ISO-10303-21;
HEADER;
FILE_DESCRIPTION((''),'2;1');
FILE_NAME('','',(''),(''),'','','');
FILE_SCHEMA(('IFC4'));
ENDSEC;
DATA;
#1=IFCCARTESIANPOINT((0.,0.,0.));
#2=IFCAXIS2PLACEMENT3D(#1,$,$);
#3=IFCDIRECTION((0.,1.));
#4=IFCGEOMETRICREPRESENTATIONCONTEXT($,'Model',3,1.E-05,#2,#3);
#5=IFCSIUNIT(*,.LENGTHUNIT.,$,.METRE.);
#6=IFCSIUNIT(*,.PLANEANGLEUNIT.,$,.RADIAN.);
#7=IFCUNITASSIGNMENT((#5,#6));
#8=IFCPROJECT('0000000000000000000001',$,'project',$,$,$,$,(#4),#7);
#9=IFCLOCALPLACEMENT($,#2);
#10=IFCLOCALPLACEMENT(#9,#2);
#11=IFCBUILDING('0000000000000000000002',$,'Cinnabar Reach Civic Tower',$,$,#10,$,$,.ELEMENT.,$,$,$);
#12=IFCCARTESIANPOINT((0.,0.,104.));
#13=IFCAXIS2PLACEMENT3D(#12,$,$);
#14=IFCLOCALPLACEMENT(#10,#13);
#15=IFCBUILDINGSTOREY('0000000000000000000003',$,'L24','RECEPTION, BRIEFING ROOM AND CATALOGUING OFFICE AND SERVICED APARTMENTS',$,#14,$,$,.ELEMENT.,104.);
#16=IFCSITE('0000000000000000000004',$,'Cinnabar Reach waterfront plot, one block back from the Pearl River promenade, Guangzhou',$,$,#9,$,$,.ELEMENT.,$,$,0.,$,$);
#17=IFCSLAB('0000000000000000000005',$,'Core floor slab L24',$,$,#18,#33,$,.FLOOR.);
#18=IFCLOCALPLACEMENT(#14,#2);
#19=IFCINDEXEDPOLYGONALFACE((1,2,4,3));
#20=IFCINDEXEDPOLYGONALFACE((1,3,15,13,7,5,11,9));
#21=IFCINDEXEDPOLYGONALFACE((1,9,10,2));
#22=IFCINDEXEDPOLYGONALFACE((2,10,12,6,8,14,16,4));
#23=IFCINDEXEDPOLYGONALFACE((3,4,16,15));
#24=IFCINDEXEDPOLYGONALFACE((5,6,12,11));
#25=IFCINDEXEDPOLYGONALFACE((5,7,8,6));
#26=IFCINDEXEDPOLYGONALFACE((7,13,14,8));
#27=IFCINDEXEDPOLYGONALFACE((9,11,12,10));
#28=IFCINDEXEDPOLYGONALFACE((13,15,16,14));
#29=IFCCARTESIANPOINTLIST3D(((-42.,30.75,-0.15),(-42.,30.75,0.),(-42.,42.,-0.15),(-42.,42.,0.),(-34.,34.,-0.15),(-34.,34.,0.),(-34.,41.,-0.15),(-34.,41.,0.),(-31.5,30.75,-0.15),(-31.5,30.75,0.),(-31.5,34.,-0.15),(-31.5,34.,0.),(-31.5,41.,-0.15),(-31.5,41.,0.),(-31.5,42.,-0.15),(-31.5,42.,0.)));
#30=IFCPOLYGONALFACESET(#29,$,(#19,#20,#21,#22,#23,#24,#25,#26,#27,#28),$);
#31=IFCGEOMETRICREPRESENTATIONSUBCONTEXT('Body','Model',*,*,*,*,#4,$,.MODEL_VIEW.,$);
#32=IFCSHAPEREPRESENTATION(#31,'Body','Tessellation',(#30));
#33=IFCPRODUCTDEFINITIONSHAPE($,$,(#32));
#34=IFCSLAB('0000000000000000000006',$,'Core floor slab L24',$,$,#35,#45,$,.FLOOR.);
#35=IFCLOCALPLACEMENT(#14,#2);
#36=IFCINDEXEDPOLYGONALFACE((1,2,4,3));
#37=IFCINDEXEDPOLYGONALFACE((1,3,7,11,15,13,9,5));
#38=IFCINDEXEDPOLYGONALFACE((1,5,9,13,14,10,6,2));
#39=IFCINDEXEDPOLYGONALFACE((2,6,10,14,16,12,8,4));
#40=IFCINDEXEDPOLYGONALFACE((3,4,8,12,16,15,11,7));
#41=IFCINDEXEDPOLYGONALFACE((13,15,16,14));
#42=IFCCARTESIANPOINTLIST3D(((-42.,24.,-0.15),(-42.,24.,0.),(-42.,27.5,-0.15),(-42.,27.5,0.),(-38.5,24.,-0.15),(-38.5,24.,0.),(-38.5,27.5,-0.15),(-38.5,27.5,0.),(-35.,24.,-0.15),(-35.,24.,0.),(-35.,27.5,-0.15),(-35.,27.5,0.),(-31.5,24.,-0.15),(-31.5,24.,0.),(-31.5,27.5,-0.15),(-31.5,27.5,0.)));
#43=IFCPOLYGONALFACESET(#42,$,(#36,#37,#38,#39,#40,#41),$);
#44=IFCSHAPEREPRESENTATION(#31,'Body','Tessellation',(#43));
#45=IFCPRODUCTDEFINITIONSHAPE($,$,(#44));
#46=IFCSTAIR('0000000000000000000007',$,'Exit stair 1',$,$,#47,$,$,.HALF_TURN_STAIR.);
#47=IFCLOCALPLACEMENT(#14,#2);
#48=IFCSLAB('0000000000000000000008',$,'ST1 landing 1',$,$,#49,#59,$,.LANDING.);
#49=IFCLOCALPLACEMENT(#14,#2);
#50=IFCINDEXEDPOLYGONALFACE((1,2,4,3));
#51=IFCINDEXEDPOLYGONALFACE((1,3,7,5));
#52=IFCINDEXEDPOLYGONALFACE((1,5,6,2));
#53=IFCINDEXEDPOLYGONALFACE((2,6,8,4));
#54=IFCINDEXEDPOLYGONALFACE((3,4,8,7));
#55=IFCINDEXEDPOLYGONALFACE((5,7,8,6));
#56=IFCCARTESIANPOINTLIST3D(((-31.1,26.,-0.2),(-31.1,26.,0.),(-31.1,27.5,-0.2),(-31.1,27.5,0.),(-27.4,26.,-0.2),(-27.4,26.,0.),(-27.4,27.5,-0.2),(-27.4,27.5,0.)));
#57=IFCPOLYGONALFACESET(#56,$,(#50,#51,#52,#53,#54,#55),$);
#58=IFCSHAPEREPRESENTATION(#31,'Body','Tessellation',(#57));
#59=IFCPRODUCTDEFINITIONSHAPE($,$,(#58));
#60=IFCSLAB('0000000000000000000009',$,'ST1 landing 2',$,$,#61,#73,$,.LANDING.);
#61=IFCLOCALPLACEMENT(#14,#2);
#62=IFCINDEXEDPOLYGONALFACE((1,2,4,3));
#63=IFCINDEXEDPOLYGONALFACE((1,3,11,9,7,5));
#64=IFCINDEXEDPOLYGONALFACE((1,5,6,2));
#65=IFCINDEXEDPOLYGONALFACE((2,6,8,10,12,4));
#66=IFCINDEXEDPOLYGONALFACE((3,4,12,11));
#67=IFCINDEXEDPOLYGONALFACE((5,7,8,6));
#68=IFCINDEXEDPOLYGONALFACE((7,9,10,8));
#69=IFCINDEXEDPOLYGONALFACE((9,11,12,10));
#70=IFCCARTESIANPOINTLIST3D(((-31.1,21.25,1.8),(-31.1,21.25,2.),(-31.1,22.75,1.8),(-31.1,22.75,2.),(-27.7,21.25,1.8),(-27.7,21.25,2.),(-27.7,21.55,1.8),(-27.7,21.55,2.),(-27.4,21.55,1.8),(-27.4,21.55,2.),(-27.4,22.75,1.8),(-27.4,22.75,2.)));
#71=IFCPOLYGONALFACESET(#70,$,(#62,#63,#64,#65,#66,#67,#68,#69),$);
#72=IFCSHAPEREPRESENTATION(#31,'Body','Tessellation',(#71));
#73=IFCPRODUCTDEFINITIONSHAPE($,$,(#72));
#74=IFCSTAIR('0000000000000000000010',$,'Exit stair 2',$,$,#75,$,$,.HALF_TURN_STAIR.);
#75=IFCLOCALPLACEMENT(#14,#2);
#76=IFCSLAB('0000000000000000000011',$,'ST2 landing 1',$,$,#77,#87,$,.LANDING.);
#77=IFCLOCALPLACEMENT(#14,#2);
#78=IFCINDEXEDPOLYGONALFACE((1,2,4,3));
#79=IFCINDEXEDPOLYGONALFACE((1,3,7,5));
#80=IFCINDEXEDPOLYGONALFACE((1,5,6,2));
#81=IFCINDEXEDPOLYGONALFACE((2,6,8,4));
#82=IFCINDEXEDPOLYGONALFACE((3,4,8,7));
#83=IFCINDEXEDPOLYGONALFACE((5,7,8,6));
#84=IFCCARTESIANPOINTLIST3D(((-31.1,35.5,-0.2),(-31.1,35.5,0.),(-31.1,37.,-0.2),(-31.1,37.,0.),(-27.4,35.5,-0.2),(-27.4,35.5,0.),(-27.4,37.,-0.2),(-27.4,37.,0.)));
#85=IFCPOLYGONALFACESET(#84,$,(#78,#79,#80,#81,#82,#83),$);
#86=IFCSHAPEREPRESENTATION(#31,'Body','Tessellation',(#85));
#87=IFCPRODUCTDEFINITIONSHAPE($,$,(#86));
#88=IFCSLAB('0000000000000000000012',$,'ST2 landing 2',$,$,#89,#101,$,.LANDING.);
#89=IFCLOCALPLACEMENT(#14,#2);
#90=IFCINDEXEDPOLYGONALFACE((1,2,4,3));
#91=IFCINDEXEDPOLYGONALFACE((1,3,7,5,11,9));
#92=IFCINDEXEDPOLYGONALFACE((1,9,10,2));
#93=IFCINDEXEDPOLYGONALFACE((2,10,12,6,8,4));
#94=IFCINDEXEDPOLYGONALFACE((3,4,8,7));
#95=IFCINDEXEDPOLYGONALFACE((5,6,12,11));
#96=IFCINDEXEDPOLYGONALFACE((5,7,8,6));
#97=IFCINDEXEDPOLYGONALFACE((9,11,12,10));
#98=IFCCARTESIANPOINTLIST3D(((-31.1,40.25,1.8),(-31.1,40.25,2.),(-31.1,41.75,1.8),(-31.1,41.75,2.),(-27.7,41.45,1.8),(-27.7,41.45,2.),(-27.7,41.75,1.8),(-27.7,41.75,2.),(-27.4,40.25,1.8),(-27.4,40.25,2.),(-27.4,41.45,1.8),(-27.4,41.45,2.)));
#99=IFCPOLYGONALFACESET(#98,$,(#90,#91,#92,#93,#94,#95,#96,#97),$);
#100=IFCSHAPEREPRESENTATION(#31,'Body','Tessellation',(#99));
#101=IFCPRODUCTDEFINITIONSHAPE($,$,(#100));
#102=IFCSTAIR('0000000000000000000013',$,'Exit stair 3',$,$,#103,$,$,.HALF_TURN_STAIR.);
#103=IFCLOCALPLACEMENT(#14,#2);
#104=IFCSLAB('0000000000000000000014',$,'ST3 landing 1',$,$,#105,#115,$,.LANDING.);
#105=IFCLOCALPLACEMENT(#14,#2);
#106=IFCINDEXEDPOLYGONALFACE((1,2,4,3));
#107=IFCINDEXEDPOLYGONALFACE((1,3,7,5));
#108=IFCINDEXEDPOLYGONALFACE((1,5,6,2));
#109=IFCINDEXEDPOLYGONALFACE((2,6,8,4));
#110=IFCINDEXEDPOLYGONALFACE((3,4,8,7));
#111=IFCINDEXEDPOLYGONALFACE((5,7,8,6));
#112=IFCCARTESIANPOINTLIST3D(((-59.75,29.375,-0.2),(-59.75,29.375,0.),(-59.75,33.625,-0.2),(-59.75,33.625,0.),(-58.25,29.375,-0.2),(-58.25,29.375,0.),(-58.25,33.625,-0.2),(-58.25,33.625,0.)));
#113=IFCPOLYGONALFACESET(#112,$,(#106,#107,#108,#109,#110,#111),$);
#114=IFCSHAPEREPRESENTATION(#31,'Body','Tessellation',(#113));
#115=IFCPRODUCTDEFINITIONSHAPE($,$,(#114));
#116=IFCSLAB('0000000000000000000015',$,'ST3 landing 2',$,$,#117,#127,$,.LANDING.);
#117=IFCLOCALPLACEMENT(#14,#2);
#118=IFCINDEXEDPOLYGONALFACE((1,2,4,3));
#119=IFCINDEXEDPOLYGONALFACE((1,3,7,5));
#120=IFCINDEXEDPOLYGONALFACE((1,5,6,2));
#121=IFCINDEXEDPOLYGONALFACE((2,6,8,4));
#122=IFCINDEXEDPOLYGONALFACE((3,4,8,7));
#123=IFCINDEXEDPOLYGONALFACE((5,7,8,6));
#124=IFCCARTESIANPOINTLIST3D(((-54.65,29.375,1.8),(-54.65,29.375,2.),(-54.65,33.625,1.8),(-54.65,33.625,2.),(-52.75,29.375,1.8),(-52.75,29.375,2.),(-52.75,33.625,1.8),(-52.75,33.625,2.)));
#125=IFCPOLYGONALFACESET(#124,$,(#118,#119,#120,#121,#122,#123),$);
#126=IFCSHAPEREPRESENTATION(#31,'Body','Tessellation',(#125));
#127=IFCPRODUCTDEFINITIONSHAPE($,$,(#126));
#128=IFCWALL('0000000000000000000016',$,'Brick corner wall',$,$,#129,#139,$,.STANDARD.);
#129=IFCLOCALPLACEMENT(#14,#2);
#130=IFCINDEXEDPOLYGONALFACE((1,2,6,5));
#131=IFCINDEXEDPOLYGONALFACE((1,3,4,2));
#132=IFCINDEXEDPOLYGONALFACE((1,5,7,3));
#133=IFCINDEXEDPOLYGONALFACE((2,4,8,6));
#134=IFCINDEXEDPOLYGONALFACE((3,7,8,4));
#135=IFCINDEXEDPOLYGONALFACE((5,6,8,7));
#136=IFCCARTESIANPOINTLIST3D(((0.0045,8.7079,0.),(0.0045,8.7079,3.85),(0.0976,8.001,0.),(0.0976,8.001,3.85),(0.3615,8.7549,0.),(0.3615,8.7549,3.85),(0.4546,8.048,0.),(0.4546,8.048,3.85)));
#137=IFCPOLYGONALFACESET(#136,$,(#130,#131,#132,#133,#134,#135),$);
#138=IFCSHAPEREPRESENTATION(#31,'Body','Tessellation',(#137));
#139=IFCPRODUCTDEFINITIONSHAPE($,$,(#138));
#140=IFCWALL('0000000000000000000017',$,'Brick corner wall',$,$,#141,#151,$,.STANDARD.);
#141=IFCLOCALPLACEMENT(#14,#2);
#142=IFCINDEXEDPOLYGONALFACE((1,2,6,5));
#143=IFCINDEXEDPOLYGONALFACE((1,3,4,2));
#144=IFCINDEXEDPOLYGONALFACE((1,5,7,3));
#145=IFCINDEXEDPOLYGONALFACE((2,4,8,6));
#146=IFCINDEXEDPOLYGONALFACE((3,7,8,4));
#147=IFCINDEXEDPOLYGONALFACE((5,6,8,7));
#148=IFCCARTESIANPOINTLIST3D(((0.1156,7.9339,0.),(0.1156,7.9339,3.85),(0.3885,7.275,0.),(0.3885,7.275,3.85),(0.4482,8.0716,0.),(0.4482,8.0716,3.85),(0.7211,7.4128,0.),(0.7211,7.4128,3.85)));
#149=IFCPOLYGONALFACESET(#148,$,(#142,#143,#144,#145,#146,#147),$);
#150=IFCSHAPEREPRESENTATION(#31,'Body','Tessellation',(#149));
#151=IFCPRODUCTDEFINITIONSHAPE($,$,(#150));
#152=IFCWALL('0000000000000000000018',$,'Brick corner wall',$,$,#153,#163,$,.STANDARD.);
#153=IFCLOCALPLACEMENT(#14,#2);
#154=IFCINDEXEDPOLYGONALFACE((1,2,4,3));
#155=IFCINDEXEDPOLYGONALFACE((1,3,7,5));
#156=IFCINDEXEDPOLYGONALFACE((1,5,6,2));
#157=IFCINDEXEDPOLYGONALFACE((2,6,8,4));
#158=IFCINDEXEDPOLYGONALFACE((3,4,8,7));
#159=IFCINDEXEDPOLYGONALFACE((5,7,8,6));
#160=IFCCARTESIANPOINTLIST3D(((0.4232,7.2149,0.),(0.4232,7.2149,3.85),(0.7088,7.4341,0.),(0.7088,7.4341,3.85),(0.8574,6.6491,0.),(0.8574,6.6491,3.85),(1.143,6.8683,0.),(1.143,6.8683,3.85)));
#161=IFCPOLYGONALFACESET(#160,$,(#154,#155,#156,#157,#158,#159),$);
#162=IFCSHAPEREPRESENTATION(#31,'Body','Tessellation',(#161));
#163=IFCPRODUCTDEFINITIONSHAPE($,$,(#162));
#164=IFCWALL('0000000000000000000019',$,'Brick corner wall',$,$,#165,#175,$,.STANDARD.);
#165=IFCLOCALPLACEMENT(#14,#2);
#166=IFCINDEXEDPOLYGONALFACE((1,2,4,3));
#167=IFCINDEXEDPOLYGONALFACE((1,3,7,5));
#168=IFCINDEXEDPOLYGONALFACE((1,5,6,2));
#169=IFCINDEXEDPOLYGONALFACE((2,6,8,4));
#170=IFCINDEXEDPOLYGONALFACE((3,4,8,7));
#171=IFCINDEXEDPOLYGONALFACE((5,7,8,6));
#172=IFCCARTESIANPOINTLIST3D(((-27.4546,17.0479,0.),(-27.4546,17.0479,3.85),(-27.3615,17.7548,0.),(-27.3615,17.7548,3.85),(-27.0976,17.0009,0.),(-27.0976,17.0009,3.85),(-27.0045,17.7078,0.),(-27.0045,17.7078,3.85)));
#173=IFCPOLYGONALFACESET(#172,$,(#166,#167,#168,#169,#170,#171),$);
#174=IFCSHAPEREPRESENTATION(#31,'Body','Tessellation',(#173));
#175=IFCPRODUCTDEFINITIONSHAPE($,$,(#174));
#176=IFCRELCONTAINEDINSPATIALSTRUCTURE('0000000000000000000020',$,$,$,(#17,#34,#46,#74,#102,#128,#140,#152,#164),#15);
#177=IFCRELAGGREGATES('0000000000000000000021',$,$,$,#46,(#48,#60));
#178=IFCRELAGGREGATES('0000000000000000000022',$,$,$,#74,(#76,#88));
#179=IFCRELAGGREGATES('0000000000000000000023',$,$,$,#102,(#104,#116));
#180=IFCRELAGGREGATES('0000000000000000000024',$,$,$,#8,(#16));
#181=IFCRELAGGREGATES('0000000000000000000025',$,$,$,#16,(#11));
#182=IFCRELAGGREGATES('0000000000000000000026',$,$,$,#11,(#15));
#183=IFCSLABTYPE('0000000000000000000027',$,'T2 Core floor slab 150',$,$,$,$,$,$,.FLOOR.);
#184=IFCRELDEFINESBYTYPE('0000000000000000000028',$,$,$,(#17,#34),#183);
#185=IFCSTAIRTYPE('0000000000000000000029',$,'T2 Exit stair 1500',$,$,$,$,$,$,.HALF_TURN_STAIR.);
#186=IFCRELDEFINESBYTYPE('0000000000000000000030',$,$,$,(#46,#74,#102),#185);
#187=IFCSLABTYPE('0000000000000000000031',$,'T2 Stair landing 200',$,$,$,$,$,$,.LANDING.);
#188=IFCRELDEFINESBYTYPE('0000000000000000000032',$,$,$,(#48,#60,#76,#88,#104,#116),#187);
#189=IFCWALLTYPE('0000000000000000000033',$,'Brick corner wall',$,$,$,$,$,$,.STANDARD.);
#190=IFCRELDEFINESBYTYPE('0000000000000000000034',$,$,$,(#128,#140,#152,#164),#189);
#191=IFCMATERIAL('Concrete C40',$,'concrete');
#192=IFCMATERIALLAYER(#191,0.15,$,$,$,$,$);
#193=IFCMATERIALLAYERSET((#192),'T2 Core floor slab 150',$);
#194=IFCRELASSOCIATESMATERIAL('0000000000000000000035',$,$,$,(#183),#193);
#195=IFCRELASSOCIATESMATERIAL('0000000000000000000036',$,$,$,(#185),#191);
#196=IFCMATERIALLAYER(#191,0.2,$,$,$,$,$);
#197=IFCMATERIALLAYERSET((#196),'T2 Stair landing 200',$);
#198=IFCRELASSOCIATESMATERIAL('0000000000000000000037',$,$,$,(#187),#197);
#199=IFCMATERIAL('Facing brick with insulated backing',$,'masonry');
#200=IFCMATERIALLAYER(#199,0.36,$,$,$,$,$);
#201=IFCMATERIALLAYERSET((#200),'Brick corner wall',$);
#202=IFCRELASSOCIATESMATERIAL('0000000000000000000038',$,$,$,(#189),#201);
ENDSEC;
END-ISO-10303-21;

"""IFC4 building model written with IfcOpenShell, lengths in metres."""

from ifc_helpers import new_model, si_unit, direction, frame, frame_2d, origin, place, context, subcontext, project, spatial, polyline, rectangle, outline, extrude, material, layer, layer_set, type_object, element, aggregate, save


model = new_model("IFC4")

# Units and contexts
model_context = context("Model", 3, precision=1e-05, world=origin(), true_north=direction((0.0, 1.0)))
body_context = subcontext(model_context, "Body", "Model", "MODEL_VIEW")
ifc_project = project(units=[si_unit("LENGTHUNIT", "METRE"), si_unit("PLANEANGLEUNIT", "RADIAN")], contexts=[model_context])

# Site, building, storey
site_placement = place(None, origin())
site = spatial("IfcSite", under=ifc_project, at=site_placement, Name="Cinnabar Reach waterfront plot, one block back from the Pearl River promenade, Guangzhou", CompositionType="ELEMENT", RefElevation=0.0)
building_placement = place(site_placement, origin())
building = spatial("IfcBuilding", under=site, at=building_placement, Name="Cinnabar Reach Civic Tower", CompositionType="ELEMENT")
storey_placement = place(building_placement, frame((0.0, 0.0, 104.0)))
storey = spatial("IfcBuildingStorey", under=building, at=storey_placement, Name="L24", Description="RECEPTION, BRIEFING ROOM AND CATALOGUING OFFICE AND SERVICED APARTMENTS", CompositionType="ELEMENT", Elevation=104.0)

# Shared definitions
ifc_material_1 = material(Name="Concrete C40", Category="concrete")

# Slabs
ifc_layer_1 = layer(ifc_material_1, 0.15)
ifc_layer_set_1 = layer_set([ifc_layer_1], Name="T2 Core floor slab 150")
slab_type_1 = type_object("IfcSlabType", Name="T2 Core floor slab 150", PredefinedType="FLOOR", material=ifc_layer_set_1)
slab_1_placement = place(storey_placement, frame((0.0, 0.0, -0.15)))
element("IfcSlab", 1, at=slab_1_placement, inside=storey, type_object=slab_type_1, Name="Core floor slab L24", PredefinedType="FLOOR", context=body_context, shape_type="SweptSolid", body=[
    extrude(outline(polyline([(-42.0, 42.0), (-31.5, 42.0), (-31.5, 41.0), (-34.0, 41.0), (-34.0, 34.0), (-31.5, 34.0), (-31.5, 30.75), (-42.0, 30.75), (-42.0, 42.0)])), origin(), (0.0, 0.0, 1.0), 0.15),
])
slab_2_placement = place(storey_placement, frame((0.0, 0.0, -0.15)))
element("IfcSlab", 2, at=slab_2_placement, inside=storey, type_object=slab_type_1, Name="Core floor slab L24", PredefinedType="FLOOR", context=body_context, shape_type="SweptSolid", body=[
    extrude(outline(polyline([(-35.0, 24.0), (-38.5, 24.0), (-42.0, 24.0), (-42.0, 27.5), (-38.5, 27.5), (-35.0, 27.5), (-31.5, 27.5), (-31.5, 24.0), (-35.0, 24.0)])), origin(), (0.0, 0.0, 1.0), 0.15),
])

# Stairs, slabs
stair_type_1 = type_object("IfcStairType", Name="T2 Exit stair 1500", PredefinedType="HALF_TURN_STAIR", material=ifc_material_1)
stair_1_placement = place(storey_placement, origin())
stair_1 = element("IfcStair", 3, at=stair_1_placement, inside=storey, type_object=stair_type_1, Name="Exit stair 1", PredefinedType="HALF_TURN_STAIR")
ifc_layer_2 = layer(ifc_material_1, 0.2)
ifc_layer_set_2 = layer_set([ifc_layer_2], Name="T2 Stair landing 200")
slab_type_2 = type_object("IfcSlabType", Name="T2 Stair landing 200", PredefinedType="LANDING", material=ifc_layer_set_2)
slab_3_placement = place(storey_placement, frame((0.0, 0.0, -0.2)))
slab_3 = element("IfcSlab", 4, at=slab_3_placement, type_object=slab_type_2, Name="ST1 landing 1", PredefinedType="LANDING", context=body_context, shape_type="SweptSolid", body=[
    extrude(outline(polyline([(-31.1, 26.0), (-31.1, 27.5), (-27.4, 27.5), (-27.4, 26.0), (-31.1, 26.0)])), origin(), (0.0, 0.0, 1.0), 0.2),
])
slab_4_placement = place(storey_placement, frame((0.0, 0.0, 1.8)))
slab_4 = element("IfcSlab", 5, at=slab_4_placement, type_object=slab_type_2, Name="ST1 landing 2", PredefinedType="LANDING", context=body_context, shape_type="SweptSolid", body=[
    extrude(outline(polyline([(-31.1, 21.25), (-31.1, 22.75), (-27.4, 22.75), (-27.4, 21.55), (-27.7, 21.55), (-27.7, 21.25), (-31.1, 21.25)])), origin(), (0.0, 0.0, 1.0), 0.2),
])
aggregate(stair_1, [slab_3, slab_4])
stair_2_placement = place(storey_placement, origin())
stair_2 = element("IfcStair", 6, at=stair_2_placement, inside=storey, type_object=stair_type_1, Name="Exit stair 2", PredefinedType="HALF_TURN_STAIR")
slab_5_placement = place(storey_placement, frame((0.0, 0.0, -0.2)))
slab_5 = element("IfcSlab", 7, at=slab_5_placement, type_object=slab_type_2, Name="ST2 landing 1", PredefinedType="LANDING", context=body_context, shape_type="SweptSolid", body=[
    extrude(outline(polyline([(-31.1, 35.5), (-31.1, 37.0), (-27.4, 37.0), (-27.4, 35.5), (-31.1, 35.5)])), origin(), (0.0, 0.0, 1.0), 0.2),
])
slab_6_placement = place(storey_placement, frame((0.0, 0.0, 1.8)))
slab_6 = element("IfcSlab", 8, at=slab_6_placement, type_object=slab_type_2, Name="ST2 landing 2", PredefinedType="LANDING", context=body_context, shape_type="SweptSolid", body=[
    extrude(outline(polyline([(-27.4, 40.25), (-31.1, 40.25), (-31.1, 41.75), (-27.7, 41.75), (-27.7, 41.45), (-27.4, 41.45), (-27.4, 40.25)])), origin(), (0.0, 0.0, 1.0), 0.2),
])
aggregate(stair_2, [slab_5, slab_6])
stair_3_placement = place(storey_placement, origin())
stair_3 = element("IfcStair", 9, at=stair_3_placement, inside=storey, type_object=stair_type_1, Name="Exit stair 3", PredefinedType="HALF_TURN_STAIR")
slab_7_placement = place(storey_placement, frame((0.0, 0.0, -0.2)))
slab_7 = element("IfcSlab", 10, at=slab_7_placement, type_object=slab_type_2, Name="ST3 landing 1", PredefinedType="LANDING", context=body_context, shape_type="SweptSolid", body=[
    extrude(outline(polyline([(-59.75, 29.375), (-59.75, 33.625), (-58.25, 33.625), (-58.25, 29.375), (-59.75, 29.375)])), origin(), (0.0, 0.0, 1.0), 0.2),
])
slab_8_placement = place(storey_placement, frame((0.0, 0.0, 1.8)))
slab_8 = element("IfcSlab", 11, at=slab_8_placement, type_object=slab_type_2, Name="ST3 landing 2", PredefinedType="LANDING", context=body_context, shape_type="SweptSolid", body=[
    extrude(outline(polyline([(-54.65, 29.375), (-54.65, 33.625), (-52.75, 33.625), (-52.75, 29.375), (-54.65, 29.375)])), origin(), (0.0, 0.0, 1.0), 0.2),
])
aggregate(stair_3, [slab_7, slab_8])

# Walls
ifc_material_2 = material(Name="Facing brick with insulated backing", Category="masonry")
ifc_layer_3 = layer(ifc_material_2, 0.36)
ifc_layer_set_3 = layer_set([ifc_layer_3], Name="Brick corner wall")
wall_type_1 = type_object("IfcWallType", Name="Brick corner wall", PredefinedType="STANDARD", material=ifc_layer_set_3)
for number, where, z_axis, x_axis, name in (
    (12, (0.183, 8.7314, 0.0), (0.0, 0.0, 1.0), (0.130556, -0.991441, 0.0), "Brick corner wall"),
    (13, (0.2819, 8.0027, 0.0), (0.0, 0.0, 1.0), (0.382703, -0.923872, 0.0), "Brick corner wall"),
):
    element("IfcWall", number, at=place(storey_placement, frame(where, z_axis=z_axis, x_axis=x_axis)), inside=storey, type_object=wall_type_1, Name=name, PredefinedType="STANDARD", context=body_context, shape_type="SweptSolid", body=[
        extrude(rectangle(XDim=0.7131, YDim=0.36, at=frame_2d((0.3565, 0.0))), origin(), (0.0, 0.0, 1.0), 3.85),
    ])
wall_1_placement = place(storey_placement, frame((0.566, 7.3245, 0.0), z_axis=(0.0, 0.0, 1.0), x_axis=(0.608802, -0.793322, 0.0)))
element("IfcWall", 14, at=wall_1_placement, inside=storey, type_object=wall_type_1, Name="Brick corner wall", PredefinedType="STANDARD", context=body_context, shape_type="SweptSolid", body=[
    extrude(rectangle(XDim=0.7132, YDim=0.36, at=frame_2d((0.3566, 0.0))), origin(), (0.0, 0.0, 1.0), 3.85),
])
wall_2_placement = place(storey_placement, frame((-27.2761, 17.0244, 0.0), z_axis=(0.0, 0.0, 1.0), x_axis=(0.130556, 0.991441, 0.0)))
element("IfcWall", 15, at=wall_2_placement, inside=storey, type_object=wall_type_1, Name="Brick corner wall", PredefinedType="STANDARD", context=body_context, shape_type="SweptSolid", body=[
    extrude(rectangle(XDim=0.7131, YDim=0.36, at=frame_2d((0.3565, 0.0))), origin(), (0.0, 0.0, 1.0), 3.85),
])

save(model, "model.ifc")
